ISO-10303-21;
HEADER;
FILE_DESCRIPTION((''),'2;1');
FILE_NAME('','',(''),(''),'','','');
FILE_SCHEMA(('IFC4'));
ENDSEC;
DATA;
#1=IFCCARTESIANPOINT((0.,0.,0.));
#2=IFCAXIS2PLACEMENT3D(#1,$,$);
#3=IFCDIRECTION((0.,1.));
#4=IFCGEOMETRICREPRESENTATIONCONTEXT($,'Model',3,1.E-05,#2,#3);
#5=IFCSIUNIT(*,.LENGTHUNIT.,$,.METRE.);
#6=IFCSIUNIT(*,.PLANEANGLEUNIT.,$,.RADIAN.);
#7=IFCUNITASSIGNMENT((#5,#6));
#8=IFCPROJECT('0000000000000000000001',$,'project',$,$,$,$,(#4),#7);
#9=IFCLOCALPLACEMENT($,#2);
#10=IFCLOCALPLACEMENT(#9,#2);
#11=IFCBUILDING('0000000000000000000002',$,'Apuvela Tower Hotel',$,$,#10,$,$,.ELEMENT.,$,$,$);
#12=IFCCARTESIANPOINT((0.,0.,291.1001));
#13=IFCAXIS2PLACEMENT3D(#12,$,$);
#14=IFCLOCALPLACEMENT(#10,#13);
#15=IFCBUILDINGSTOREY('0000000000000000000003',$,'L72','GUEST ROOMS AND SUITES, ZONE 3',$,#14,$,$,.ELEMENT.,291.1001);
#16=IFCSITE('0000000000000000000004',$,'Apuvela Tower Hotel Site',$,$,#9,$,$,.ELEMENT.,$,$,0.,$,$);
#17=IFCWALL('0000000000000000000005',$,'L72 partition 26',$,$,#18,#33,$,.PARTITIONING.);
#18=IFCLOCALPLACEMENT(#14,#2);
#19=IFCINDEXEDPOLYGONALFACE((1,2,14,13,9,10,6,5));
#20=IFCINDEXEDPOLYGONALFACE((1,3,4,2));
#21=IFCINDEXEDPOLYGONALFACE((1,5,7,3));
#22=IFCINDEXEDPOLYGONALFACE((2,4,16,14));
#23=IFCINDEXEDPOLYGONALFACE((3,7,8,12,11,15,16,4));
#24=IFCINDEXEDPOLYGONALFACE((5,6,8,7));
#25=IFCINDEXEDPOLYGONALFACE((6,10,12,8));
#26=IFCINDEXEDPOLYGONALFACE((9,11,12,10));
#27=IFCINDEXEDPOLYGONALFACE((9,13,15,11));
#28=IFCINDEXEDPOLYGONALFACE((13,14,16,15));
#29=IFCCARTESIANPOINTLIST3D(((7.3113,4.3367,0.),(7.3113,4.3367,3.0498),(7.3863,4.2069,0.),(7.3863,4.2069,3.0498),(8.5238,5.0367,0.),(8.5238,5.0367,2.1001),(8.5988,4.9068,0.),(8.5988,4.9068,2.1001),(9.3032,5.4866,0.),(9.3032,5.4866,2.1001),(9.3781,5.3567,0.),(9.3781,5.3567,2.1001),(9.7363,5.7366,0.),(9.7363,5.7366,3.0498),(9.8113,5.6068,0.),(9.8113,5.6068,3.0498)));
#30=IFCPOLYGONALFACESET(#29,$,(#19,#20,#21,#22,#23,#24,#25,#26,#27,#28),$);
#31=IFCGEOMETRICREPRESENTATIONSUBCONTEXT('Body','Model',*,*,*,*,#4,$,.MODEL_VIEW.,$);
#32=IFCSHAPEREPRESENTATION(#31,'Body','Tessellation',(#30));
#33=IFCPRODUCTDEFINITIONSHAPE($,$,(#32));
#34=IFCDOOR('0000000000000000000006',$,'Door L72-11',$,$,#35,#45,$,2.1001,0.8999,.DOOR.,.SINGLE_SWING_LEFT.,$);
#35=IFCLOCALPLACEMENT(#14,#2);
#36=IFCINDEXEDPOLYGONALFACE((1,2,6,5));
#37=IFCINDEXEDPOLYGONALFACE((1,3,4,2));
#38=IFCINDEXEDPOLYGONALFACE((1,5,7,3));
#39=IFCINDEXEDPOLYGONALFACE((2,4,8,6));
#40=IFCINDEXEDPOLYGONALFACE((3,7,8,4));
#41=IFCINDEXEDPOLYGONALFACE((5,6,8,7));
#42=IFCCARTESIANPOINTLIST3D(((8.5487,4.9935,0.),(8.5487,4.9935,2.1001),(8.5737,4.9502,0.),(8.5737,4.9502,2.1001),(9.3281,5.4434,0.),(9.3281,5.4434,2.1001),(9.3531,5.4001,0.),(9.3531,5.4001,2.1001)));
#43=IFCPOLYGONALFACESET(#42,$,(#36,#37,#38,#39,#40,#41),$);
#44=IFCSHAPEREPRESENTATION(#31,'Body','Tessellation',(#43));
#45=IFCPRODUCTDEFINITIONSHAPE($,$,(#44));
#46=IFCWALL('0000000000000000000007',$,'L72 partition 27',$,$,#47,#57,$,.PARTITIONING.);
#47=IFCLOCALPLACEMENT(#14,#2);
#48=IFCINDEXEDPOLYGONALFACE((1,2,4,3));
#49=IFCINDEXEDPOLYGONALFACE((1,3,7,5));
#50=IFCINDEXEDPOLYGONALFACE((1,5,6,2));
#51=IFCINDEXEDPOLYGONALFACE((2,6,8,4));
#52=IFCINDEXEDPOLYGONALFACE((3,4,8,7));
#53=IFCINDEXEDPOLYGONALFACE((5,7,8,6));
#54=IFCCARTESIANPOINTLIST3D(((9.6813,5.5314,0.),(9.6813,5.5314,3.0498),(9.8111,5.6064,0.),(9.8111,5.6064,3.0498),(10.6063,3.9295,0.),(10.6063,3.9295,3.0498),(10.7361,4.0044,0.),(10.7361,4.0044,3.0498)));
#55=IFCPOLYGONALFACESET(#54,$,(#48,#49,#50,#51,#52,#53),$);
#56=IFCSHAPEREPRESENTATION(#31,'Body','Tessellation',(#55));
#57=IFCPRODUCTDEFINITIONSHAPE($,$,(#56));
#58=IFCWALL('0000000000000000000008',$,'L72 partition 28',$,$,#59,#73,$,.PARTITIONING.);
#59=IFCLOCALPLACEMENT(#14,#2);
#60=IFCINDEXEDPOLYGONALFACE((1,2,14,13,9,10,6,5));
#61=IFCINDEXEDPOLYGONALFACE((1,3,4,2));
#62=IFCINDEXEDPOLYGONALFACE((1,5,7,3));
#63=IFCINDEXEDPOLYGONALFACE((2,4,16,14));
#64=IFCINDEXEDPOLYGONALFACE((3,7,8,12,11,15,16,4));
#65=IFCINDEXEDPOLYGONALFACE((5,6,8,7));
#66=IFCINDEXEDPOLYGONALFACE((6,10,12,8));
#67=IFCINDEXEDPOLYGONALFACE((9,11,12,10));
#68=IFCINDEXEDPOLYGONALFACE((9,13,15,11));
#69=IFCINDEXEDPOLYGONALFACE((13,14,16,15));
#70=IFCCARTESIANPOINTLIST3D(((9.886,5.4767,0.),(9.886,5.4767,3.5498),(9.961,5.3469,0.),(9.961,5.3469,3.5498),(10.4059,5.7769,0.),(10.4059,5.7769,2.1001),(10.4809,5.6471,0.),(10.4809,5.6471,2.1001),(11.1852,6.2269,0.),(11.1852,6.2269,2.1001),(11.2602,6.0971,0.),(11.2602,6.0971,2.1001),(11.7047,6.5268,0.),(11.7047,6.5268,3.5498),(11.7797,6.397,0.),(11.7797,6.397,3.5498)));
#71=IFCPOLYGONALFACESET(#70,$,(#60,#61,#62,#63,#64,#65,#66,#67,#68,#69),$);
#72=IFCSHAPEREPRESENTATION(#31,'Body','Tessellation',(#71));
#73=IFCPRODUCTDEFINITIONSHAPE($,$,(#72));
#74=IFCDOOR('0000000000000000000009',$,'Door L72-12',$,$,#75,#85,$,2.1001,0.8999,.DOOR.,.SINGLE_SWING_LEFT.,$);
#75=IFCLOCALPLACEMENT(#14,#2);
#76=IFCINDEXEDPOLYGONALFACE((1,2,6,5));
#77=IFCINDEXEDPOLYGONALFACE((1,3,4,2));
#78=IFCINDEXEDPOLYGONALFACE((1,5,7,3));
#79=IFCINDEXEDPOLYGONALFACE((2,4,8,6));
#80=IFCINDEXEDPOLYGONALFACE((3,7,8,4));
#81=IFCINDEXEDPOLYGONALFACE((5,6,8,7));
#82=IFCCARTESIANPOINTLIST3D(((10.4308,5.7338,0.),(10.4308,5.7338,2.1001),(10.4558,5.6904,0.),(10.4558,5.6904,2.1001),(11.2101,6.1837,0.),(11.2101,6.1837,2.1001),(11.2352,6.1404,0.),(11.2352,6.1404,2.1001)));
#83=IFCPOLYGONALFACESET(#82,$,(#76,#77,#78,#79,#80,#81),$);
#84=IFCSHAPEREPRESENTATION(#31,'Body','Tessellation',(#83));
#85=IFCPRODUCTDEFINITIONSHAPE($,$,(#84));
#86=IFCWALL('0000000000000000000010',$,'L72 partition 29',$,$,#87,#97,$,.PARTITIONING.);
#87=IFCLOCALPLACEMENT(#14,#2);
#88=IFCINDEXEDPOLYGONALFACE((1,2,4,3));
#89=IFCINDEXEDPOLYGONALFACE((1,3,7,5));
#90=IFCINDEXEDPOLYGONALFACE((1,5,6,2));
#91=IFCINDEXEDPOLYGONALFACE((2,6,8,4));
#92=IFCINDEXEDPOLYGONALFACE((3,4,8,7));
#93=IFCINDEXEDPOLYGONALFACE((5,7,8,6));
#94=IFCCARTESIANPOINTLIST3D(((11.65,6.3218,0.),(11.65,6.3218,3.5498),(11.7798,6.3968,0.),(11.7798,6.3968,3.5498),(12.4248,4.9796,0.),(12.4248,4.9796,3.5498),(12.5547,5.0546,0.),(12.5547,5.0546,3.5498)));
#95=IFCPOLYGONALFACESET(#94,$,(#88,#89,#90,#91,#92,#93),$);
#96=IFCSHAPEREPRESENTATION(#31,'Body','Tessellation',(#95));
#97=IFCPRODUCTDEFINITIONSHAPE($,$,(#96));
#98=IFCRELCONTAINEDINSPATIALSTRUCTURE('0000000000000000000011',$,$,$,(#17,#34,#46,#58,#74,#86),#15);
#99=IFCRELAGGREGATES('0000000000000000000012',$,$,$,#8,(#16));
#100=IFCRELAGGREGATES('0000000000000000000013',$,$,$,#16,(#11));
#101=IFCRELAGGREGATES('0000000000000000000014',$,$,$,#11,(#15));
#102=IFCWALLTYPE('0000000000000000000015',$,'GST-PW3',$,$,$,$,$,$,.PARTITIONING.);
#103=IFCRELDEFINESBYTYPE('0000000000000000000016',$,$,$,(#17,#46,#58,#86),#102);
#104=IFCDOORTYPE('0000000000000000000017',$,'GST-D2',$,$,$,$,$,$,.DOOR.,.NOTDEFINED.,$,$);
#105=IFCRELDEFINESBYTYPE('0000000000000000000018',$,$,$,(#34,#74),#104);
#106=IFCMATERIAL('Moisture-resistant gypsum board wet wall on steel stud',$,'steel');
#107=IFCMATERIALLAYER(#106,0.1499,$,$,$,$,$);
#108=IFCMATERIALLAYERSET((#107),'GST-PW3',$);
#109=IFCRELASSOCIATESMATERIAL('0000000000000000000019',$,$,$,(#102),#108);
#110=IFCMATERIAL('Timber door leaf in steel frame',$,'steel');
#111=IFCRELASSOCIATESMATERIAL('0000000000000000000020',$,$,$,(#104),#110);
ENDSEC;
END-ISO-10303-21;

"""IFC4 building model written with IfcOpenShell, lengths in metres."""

from ifc_helpers import new_model, si_unit, direction, frame, frame_2d, origin, place, context, subcontext, project, spatial, rectangle, extrude, material, layer, layer_set, type_object, element, fill, save


model = new_model("IFC4")

# Units and contexts
model_context = context("Model", 3, precision=1e-05, world=origin(), true_north=direction((0.0, 1.0)))
body_context = subcontext(model_context, "Body", "Model", "MODEL_VIEW")
ifc_project = project(units=[si_unit("LENGTHUNIT", "METRE"), si_unit("PLANEANGLEUNIT", "RADIAN")], contexts=[model_context])

# Site, building, storey
site_placement = place(None, origin())
site = spatial("IfcSite", under=ifc_project, at=site_placement, Name="Apuvela Tower Hotel Site", CompositionType="ELEMENT", RefElevation=0.0)
building_placement = place(site_placement, origin())
building = spatial("IfcBuilding", under=site, at=building_placement, Name="Apuvela Tower Hotel", CompositionType="ELEMENT")
storey_placement = place(building_placement, frame((0.0, 0.0, 291.1001)))
storey = spatial("IfcBuildingStorey", under=building, at=storey_placement, Name="L72", Description="GUEST ROOMS AND SUITES, ZONE 3", CompositionType="ELEMENT", Elevation=291.1001)

# Shared definitions
ifc_material_1 = material(Name="Timber door leaf in steel frame", Category="steel")

# Shared definitions
ifc_material_2 = material(Name="Moisture-resistant gypsum board wet wall on steel stud", Category="steel")
ifc_layer_1 = layer(ifc_material_2, 0.1499)
ifc_layer_set_1 = layer_set([ifc_layer_1], Name="GST-PW3")
wall_type_1 = type_object("IfcWallType", Name="GST-PW3", PredefinedType="PARTITIONING", material=ifc_layer_set_1)

# Shared definitions
door_type_1 = type_object("IfcDoorType", Name="GST-D2", OperationType="NOTDEFINED", PredefinedType="DOOR", material=ifc_material_1)

# Wall, opening, door
wall_1_placement = place(storey_placement, frame((9.7737, 5.6716, 0.0), z_axis=(0.0, 0.0, 1.0), x_axis=(-0.866056, -0.499946, 0.0)))
wall_1 = element("IfcWall", 1, at=wall_1_placement, inside=storey, type_object=wall_type_1, Name="L72 partition 26", PredefinedType="PARTITIONING", context=body_context, shape_type="SweptSolid", body=[
    extrude(rectangle(XDim=2.8, YDim=0.1499, at=frame_2d((1.3999, 0.0))), origin(), (0.0, 0.0, 1.0), 3.0498),
])
opening_1_placement = place(wall_1_placement, frame((0.5, 0.0, 0.0)))
opening_1 = element("IfcOpeningElement", 2, at=opening_1_placement, cuts=wall_1, PredefinedType="OPENING", context=body_context, shape_type="SweptSolid", body=[
    extrude(rectangle(XDim=0.8999, YDim=2.1001, at=frame_2d((0.45, 1.05))), frame((0.0, 0.085, 0.0), z_axis=(0.0, -1.0, 0.0), x_axis=(1.0, 0.0, 0.0)), (0.0, 0.0, 1.0), 0.1699),
])
door_1_placement = place(opening_1_placement, origin())
door_1 = element("IfcDoor", 3, at=door_1_placement, inside=storey, type_object=door_type_1, Name="Door L72-11", OperationType="SINGLE_SWING_LEFT", OverallHeight=2.1001, OverallWidth=0.8999, PredefinedType="DOOR", context=body_context, shape_type="SweptSolid", body=[
    extrude(rectangle(XDim=0.8999, YDim=2.1001, at=frame_2d((0.45, 1.05))), frame((0.0, 0.0249, 0.0), z_axis=(0.0, -1.0, 0.0), x_axis=(1.0, 0.0, 0.0)), (0.0, 0.0, 1.0), 0.05),
])
fill(opening_1, door_1)

# Wall
wall_2_placement = place(storey_placement, frame((10.6711, 3.967, 0.0), z_axis=(0.0, 0.0, 1.0), x_axis=(-0.500042, 0.866001, 0.0)))
element("IfcWall", 4, at=wall_2_placement, inside=storey, type_object=wall_type_1, Name="L72 partition 27", PredefinedType="PARTITIONING", context=body_context, shape_type="SweptSolid", body=[
    extrude(rectangle(XDim=1.8499, YDim=0.1499, at=frame_2d((0.9248, 0.0))), origin(), (0.0, 0.0, 1.0), 3.0498),
])

# Wall, opening, door
wall_3_placement = place(storey_placement, frame((11.7422, 6.4619, 0.0), z_axis=(0.0, 0.0, 1.0), x_axis=(-0.866009, -0.500028, 0.0)))
wall_3 = element("IfcWall", 5, at=wall_3_placement, inside=storey, type_object=wall_type_1, Name="L72 partition 28", PredefinedType="PARTITIONING", context=body_context, shape_type="SweptSolid", body=[
    extrude(rectangle(XDim=2.1001, YDim=0.1499, at=frame_2d((1.05, 0.0))), origin(), (0.0, 0.0, 1.0), 3.5498),
])
opening_2_placement = place(wall_3_placement, frame((0.5999, 0.0, 0.0)))
opening_2 = element("IfcOpeningElement", 6, at=opening_2_placement, cuts=wall_3, PredefinedType="OPENING", context=body_context, shape_type="SweptSolid", body=[
    extrude(rectangle(XDim=0.8999, YDim=2.1001, at=frame_2d((0.45, 1.05))), frame((0.0, 0.085, 0.0), z_axis=(0.0, -1.0, 0.0), x_axis=(1.0, 0.0, 0.0)), (0.0, 0.0, 1.0), 0.1699),
])
door_2_placement = place(opening_2_placement, origin())
door_2 = element("IfcDoor", 7, at=door_2_placement, inside=storey, type_object=door_type_1, Name="Door L72-12", OperationType="SINGLE_SWING_LEFT", OverallHeight=2.1001, OverallWidth=0.8999, PredefinedType="DOOR", context=body_context, shape_type="SweptSolid", body=[
    extrude(rectangle(XDim=0.8999, YDim=2.1001, at=frame_2d((0.45, 1.05))), frame((0.0, 0.0249, 0.0), z_axis=(0.0, -1.0, 0.0), x_axis=(1.0, 0.0, 0.0)), (0.0, 0.0, 1.0), 0.05),
])
fill(opening_2, door_2)

# Wall
wall_4_placement = place(storey_placement, frame((12.4897, 5.0171, 0.0), z_axis=(0.0, 0.0, 1.0), x_axis=(-0.499968, 0.866044, 0.0)))
element("IfcWall", 8, at=wall_4_placement, inside=storey, type_object=wall_type_1, Name="L72 partition 29", PredefinedType="PARTITIONING", context=body_context, shape_type="SweptSolid", body=[
    extrude(rectangle(XDim=1.5498, YDim=0.1499, at=frame_2d((0.7749, 0.0))), origin(), (0.0, 0.0, 1.0), 3.5498),
])

save(model, "model.ifc")
